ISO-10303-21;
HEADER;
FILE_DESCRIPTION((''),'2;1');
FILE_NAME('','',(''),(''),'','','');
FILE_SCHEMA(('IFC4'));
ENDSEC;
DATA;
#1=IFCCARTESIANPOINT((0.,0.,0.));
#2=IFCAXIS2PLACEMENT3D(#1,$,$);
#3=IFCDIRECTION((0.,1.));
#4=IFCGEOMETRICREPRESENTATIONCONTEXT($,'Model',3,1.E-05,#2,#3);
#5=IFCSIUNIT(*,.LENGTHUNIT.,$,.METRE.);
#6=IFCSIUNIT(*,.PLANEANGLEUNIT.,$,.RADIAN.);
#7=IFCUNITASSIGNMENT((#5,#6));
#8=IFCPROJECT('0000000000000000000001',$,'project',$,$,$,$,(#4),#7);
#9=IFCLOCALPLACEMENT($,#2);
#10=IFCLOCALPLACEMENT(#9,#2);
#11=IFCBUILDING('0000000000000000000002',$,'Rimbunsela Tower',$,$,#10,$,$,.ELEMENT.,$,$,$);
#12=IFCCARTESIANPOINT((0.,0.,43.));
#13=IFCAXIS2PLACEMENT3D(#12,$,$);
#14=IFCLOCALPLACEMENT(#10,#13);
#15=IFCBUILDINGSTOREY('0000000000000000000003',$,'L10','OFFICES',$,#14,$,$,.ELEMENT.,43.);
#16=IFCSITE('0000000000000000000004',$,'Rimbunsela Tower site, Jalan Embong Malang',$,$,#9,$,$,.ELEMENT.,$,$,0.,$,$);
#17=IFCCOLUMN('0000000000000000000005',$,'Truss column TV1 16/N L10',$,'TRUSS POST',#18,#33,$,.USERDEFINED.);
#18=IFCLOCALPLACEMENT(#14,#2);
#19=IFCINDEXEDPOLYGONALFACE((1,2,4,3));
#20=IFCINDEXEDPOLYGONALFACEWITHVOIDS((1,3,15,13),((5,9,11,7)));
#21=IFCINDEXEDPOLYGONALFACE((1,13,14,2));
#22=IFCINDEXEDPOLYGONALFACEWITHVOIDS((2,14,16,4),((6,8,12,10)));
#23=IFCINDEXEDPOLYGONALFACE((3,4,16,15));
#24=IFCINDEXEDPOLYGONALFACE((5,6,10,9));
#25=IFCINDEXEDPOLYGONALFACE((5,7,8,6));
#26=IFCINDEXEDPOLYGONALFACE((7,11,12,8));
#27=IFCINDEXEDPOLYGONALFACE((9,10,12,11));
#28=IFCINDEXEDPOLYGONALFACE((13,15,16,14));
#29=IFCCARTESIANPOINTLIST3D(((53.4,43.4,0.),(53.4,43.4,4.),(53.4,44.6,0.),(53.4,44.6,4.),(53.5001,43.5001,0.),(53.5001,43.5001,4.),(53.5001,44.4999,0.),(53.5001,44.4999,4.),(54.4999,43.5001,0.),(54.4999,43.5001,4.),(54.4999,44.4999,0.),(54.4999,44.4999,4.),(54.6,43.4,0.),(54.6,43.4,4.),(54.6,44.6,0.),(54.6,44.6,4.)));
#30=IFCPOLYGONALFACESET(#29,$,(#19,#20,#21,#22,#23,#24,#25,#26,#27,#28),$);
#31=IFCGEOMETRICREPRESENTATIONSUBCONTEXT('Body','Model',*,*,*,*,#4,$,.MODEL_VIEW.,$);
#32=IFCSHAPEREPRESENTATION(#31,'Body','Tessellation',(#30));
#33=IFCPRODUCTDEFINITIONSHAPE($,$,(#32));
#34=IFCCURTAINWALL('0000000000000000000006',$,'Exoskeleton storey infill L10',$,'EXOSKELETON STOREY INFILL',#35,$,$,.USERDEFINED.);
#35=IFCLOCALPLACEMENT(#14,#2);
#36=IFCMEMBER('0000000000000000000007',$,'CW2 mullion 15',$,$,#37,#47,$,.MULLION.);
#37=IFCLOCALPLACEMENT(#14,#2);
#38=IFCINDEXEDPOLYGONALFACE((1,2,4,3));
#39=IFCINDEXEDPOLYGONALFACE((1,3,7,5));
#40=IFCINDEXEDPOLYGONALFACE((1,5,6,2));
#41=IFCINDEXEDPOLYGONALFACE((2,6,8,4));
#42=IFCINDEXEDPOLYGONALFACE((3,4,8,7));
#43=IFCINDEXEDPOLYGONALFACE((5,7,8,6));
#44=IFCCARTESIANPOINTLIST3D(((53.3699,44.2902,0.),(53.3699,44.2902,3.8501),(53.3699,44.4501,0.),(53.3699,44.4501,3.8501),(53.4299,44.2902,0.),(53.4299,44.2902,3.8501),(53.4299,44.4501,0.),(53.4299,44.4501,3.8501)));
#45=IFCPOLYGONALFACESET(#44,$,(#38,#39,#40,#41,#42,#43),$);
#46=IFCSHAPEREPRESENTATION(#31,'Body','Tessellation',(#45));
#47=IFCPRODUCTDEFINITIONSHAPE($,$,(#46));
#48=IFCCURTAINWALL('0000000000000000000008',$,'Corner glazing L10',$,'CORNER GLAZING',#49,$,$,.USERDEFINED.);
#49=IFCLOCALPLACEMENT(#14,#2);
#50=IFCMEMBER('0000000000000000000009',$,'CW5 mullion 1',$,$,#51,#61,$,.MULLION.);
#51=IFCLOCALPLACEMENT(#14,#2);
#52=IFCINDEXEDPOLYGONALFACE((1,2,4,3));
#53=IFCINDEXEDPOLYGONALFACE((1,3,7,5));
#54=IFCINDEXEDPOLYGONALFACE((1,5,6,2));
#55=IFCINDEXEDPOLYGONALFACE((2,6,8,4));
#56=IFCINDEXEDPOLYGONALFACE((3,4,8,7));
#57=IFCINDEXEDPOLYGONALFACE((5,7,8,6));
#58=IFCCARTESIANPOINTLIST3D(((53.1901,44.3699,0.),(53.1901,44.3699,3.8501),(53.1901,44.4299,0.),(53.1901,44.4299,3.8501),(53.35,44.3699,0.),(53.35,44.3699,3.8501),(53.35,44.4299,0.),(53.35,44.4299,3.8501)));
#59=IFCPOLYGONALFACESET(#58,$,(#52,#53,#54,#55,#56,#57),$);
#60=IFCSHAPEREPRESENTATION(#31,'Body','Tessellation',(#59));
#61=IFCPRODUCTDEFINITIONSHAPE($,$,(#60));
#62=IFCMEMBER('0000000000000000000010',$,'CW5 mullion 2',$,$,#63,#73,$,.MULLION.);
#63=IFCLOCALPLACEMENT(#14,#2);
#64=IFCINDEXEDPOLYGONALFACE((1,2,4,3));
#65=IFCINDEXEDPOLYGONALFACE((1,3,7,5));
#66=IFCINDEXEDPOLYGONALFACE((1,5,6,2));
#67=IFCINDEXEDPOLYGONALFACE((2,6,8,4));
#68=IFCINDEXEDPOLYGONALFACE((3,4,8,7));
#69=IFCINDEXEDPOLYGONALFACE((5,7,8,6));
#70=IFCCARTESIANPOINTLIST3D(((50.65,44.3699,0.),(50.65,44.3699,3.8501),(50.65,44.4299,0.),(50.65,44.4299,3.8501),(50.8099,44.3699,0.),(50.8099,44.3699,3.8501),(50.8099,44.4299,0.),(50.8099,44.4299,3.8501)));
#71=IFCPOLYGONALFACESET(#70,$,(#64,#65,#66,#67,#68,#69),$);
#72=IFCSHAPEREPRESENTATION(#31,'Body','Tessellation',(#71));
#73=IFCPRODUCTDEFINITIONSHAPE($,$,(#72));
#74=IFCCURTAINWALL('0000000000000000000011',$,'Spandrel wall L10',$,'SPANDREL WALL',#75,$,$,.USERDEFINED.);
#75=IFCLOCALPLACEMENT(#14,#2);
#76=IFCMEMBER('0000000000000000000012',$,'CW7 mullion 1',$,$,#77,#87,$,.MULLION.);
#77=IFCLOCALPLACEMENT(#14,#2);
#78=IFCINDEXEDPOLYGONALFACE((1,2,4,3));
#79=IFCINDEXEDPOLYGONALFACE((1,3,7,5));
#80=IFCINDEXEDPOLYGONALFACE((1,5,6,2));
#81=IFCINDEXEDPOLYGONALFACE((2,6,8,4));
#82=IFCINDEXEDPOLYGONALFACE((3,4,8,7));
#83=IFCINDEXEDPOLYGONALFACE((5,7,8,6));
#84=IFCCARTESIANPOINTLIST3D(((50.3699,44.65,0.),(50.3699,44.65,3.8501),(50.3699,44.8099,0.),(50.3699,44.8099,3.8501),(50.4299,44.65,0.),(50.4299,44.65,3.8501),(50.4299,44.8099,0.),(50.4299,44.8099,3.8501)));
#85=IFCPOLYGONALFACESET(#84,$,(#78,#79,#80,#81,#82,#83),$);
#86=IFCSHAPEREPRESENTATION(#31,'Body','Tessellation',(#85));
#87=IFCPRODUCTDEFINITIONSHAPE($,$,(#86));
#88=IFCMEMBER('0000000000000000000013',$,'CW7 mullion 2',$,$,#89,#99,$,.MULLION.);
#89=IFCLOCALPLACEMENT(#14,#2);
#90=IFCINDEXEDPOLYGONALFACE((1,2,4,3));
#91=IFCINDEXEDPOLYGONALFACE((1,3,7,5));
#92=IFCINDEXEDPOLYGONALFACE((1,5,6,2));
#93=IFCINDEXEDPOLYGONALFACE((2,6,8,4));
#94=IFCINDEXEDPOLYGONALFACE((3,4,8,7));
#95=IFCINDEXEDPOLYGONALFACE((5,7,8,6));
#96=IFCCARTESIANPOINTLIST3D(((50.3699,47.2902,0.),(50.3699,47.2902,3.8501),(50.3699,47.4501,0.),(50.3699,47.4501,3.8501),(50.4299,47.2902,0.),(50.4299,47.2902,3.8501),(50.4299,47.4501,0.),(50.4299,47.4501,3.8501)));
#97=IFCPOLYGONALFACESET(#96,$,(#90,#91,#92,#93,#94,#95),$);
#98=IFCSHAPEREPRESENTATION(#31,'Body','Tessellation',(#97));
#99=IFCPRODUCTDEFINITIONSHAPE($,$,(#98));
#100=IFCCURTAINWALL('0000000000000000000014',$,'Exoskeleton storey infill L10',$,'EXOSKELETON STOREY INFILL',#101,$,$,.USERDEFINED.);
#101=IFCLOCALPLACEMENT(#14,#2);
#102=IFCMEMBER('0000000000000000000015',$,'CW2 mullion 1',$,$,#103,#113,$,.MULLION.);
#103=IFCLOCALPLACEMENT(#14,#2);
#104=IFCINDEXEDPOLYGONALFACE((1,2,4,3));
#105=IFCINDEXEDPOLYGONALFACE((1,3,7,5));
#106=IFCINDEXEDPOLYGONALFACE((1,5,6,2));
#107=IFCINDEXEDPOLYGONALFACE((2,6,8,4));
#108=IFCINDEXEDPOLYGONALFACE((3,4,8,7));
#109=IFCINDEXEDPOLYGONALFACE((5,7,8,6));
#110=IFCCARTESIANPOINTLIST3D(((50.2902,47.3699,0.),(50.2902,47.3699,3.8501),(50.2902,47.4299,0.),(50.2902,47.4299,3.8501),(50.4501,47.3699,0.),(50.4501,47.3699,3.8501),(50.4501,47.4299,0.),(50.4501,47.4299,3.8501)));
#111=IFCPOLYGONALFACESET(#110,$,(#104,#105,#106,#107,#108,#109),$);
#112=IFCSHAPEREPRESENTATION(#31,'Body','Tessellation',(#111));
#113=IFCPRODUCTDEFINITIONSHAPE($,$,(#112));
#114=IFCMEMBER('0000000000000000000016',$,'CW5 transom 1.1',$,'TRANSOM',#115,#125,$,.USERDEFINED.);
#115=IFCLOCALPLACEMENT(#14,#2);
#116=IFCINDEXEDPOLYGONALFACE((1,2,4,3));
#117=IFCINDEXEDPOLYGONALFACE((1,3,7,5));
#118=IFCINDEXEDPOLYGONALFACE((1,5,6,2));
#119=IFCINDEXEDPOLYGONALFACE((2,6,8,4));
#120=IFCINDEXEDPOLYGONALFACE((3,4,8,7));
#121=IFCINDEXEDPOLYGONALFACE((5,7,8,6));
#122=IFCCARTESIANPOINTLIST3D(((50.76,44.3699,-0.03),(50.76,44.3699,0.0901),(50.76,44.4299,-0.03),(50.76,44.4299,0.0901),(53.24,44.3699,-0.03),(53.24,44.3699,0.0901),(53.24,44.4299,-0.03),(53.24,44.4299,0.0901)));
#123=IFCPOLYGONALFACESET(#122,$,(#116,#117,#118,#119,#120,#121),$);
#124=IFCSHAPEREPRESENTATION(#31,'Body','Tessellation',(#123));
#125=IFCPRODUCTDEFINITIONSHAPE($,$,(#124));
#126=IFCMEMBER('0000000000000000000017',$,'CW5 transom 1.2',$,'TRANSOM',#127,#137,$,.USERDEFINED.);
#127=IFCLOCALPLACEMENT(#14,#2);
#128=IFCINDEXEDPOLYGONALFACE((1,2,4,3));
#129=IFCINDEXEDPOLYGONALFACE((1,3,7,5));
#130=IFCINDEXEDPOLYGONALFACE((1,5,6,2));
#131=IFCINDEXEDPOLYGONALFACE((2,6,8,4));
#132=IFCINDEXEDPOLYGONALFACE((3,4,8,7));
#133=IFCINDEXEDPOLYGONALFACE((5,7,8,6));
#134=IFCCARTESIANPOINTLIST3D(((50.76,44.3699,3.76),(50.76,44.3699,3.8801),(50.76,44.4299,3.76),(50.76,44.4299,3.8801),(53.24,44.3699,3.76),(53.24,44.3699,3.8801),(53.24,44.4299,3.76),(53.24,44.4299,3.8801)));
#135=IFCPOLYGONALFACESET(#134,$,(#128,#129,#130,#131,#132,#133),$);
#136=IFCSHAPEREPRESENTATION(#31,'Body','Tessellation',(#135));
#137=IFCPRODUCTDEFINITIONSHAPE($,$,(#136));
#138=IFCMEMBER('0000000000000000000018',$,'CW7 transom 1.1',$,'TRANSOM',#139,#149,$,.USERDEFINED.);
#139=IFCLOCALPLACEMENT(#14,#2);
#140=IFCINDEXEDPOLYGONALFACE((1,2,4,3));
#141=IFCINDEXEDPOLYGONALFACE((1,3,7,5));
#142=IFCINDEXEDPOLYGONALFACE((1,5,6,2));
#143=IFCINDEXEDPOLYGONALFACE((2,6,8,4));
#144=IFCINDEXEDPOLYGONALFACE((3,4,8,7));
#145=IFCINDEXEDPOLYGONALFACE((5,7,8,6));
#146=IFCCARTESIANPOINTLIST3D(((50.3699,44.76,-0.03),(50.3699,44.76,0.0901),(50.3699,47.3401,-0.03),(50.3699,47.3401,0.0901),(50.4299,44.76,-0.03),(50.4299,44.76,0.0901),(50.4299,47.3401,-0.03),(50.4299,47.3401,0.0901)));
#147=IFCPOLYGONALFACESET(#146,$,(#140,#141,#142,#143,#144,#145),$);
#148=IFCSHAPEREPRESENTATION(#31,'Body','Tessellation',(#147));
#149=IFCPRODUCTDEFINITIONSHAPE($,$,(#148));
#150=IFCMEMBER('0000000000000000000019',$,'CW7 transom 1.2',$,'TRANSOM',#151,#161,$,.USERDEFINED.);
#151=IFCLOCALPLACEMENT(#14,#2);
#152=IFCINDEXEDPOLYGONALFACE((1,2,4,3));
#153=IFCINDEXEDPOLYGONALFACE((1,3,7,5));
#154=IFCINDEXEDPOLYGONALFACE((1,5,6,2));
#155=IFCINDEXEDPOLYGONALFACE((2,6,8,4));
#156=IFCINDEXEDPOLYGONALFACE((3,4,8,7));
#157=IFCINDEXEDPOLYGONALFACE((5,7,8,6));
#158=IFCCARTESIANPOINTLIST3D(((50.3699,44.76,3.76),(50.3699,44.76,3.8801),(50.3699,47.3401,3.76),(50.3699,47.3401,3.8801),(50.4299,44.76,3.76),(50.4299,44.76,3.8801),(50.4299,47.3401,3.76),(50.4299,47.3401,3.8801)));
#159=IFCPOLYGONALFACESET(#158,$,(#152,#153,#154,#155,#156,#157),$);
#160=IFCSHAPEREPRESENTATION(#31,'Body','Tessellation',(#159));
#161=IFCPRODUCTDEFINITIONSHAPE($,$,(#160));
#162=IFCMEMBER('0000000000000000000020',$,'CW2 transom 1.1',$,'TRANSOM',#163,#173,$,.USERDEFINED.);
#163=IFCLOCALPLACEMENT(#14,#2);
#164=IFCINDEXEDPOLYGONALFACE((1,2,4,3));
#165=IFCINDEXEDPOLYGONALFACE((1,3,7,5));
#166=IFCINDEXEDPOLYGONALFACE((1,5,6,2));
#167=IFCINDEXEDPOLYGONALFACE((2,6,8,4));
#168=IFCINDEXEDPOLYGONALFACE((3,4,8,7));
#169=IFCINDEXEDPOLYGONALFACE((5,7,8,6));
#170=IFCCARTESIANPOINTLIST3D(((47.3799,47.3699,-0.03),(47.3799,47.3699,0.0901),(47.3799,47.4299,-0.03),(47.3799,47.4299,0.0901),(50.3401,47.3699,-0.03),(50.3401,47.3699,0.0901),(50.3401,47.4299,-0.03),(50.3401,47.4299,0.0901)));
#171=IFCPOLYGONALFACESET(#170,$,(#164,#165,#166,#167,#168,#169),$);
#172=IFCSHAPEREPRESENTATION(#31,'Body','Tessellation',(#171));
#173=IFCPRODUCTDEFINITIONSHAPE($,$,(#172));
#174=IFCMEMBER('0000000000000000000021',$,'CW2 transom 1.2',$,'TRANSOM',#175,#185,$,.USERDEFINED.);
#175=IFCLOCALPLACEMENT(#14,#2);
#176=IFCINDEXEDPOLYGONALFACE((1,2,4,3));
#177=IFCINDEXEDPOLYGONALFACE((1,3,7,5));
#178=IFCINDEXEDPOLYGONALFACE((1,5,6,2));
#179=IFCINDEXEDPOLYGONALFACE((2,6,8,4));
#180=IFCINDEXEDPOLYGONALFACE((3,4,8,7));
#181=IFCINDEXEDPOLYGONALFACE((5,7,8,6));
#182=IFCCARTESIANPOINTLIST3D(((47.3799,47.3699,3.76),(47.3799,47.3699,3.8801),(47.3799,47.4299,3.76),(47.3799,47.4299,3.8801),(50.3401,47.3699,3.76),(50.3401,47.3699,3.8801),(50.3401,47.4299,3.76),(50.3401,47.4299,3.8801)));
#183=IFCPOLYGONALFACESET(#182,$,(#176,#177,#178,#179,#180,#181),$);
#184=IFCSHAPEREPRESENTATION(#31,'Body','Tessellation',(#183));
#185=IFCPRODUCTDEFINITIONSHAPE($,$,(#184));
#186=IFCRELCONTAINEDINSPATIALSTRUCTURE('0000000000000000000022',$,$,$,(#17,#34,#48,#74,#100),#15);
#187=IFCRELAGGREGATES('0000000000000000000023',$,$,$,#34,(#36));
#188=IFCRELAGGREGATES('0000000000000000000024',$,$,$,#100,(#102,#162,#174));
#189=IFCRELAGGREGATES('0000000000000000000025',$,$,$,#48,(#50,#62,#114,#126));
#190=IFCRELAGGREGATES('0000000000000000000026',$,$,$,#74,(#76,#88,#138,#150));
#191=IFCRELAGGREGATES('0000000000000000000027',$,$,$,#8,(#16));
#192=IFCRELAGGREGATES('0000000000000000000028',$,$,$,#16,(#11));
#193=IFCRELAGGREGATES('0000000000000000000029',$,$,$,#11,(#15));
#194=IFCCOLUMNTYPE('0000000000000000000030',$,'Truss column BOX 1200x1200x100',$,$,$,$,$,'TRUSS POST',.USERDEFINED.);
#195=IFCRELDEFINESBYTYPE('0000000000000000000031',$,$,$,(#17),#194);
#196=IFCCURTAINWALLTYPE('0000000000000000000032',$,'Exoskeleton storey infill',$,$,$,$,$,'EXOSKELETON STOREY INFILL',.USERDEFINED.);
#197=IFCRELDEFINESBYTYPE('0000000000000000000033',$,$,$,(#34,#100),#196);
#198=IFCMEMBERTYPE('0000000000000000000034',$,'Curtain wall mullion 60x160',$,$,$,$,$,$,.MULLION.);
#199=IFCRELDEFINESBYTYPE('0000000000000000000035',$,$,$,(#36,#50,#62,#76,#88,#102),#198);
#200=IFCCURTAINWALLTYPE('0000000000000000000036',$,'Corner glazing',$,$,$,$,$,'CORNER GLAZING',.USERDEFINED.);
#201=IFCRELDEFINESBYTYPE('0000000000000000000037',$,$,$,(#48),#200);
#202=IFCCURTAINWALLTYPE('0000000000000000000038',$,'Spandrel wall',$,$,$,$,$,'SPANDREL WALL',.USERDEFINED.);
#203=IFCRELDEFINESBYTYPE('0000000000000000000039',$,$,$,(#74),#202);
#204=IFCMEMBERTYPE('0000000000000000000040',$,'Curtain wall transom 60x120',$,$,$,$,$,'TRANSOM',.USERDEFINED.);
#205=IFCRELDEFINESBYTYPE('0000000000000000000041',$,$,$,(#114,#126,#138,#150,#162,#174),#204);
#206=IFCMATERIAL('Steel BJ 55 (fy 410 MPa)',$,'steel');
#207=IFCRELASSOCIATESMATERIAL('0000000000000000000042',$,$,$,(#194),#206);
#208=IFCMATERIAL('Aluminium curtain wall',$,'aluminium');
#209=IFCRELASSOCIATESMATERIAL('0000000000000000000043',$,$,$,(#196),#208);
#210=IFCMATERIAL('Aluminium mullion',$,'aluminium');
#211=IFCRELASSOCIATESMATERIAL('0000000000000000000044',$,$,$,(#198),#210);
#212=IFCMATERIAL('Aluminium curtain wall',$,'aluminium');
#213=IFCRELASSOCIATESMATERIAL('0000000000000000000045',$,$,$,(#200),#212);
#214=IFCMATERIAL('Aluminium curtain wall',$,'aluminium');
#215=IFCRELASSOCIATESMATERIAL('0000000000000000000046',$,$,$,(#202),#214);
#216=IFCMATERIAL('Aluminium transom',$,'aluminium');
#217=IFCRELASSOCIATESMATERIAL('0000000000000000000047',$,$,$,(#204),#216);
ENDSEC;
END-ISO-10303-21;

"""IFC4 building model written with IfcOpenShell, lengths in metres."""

from ifc_helpers import new_model, si_unit, direction, frame, origin, origin_2d, place, context, subcontext, project, spatial, rectangle, hollow_rectangle, extrude, material, material_profile, profile_set, type_object, element, aggregate, save


model = new_model("IFC4")

# Units and contexts
model_context = context("Model", 3, precision=1e-05, world=origin(), true_north=direction((0.0, 1.0)))
body_context = subcontext(model_context, "Body", "Model", "MODEL_VIEW")
ifc_project = project(units=[si_unit("LENGTHUNIT", "METRE"), si_unit("PLANEANGLEUNIT", "RADIAN")], contexts=[model_context])

# Site, building, storey
site_placement = place(None, origin())
site = spatial("IfcSite", under=ifc_project, at=site_placement, Name="Rimbunsela Tower site, Jalan Embong Malang", CompositionType="ELEMENT", RefElevation=0.0)
building_placement = place(site_placement, origin())
building = spatial("IfcBuilding", under=site, at=building_placement, Name="Rimbunsela Tower", CompositionType="ELEMENT")
storey_placement = place(building_placement, frame((0.0, 0.0, 43.0)))
storey = spatial("IfcBuildingStorey", under=building, at=storey_placement, Name="L10", Description="OFFICES", CompositionType="ELEMENT", Elevation=43.0)

# Column
ifc_material_1 = material(Name="Steel BJ 55 (fy 410 MPa)", Category="steel")
ifc_material_profile_1 = material_profile(ifc_material_1, hollow_rectangle(XDim=1.2, YDim=1.2, WallThickness=0.1001, at=origin_2d()), Name="BOX 1200x1200x100")
ifc_profile_set_1 = profile_set([ifc_material_profile_1], Name="Steel BJ 55 (fy 410 MPa)")
column_type = type_object("IfcColumnType", Name="Truss column BOX 1200x1200x100", ElementType="TRUSS POST", PredefinedType="USERDEFINED", material=ifc_profile_set_1)
column_placement = place(storey_placement, frame((54.0, 44.0, 0.0), z_axis=(0.0, 0.0, 1.0), x_axis=(1.0, 0.0, 0.0)))
element("IfcColumn", 1, at=column_placement, inside=storey, type_object=column_type, Name="Truss column TV1 16/N L10", ObjectType="TRUSS POST", PredefinedType="USERDEFINED", context=body_context, shape_type="SweptSolid", body=[
    extrude(hollow_rectangle(XDim=1.2, YDim=1.2, WallThickness=0.1001, at=origin_2d()), origin(), (0.0, 0.0, 1.0), 4.0),
])

# Curtain wall, member
ifc_material_2 = material(Name="Aluminium curtain wall", Category="aluminium")
curtain_wall_type_1 = type_object("IfcCurtainWallType", Name="Exoskeleton storey infill", ElementType="EXOSKELETON STOREY INFILL", PredefinedType="USERDEFINED", material=ifc_material_2)
curtain_wall_1_placement = place(storey_placement, origin())
curtain_wall_1 = element("IfcCurtainWall", 2, at=curtain_wall_1_placement, inside=storey, type_object=curtain_wall_type_1, Name="Exoskeleton storey infill L10", ObjectType="EXOSKELETON STOREY INFILL", PredefinedType="USERDEFINED")
ifc_material_3 = material(Name="Aluminium mullion", Category="aluminium")
ifc_material_profile_2 = material_profile(ifc_material_3, rectangle(XDim=0.0601, YDim=0.1599, at=origin_2d()), Name="Mullion 60x160")
ifc_profile_set_2 = profile_set([ifc_material_profile_2], Name="Aluminium mullion")
member_type_1 = type_object("IfcMemberType", Name="Curtain wall mullion 60x160", PredefinedType="MULLION", material=ifc_profile_set_2)
member_1_placement = place(storey_placement, frame((53.3999, 44.3701, 0.0), z_axis=(0.0, 0.0, 1.0), x_axis=(-1.0, 0.0, 0.0)))
member_1 = element("IfcMember", 3, at=member_1_placement, type_object=member_type_1, Name="CW2 mullion 15", PredefinedType="MULLION", context=body_context, shape_type="SweptSolid", body=[
    extrude(rectangle(XDim=0.0601, YDim=0.1599, at=origin_2d()), origin(), (0.0, 0.0, 1.0), 3.8501),
])
aggregate(curtain_wall_1, [member_1])

# Curtain walls, members
ifc_material_4 = material(Name="Aluminium curtain wall", Category="aluminium")
curtain_wall_type_2 = type_object("IfcCurtainWallType", Name="Corner glazing", ElementType="CORNER GLAZING", PredefinedType="USERDEFINED", material=ifc_material_4)
curtain_wall_2_placement = place(storey_placement, origin())
curtain_wall_2 = element("IfcCurtainWall", 4, at=curtain_wall_2_placement, inside=storey, type_object=curtain_wall_type_2, Name="Corner glazing L10", ObjectType="CORNER GLAZING", PredefinedType="USERDEFINED")
member_2_placement = place(storey_placement, frame((53.27, 44.3999, 0.0), z_axis=(0.0, 0.0, 1.0), x_axis=(0.0, -1.0, 0.0)))
member_2 = element("IfcMember", 5, at=member_2_placement, type_object=member_type_1, Name="CW5 mullion 1", PredefinedType="MULLION", context=body_context, shape_type="SweptSolid", body=[
    extrude(rectangle(XDim=0.0601, YDim=0.1599, at=origin_2d()), origin(), (0.0, 0.0, 1.0), 3.8501),
])
member_3_placement = place(storey_placement, frame((50.73, 44.3999, 0.0), z_axis=(0.0, 0.0, 1.0), x_axis=(0.0, -1.0, 0.0)))
member_3 = element("IfcMember", 6, at=member_3_placement, type_object=member_type_1, Name="CW5 mullion 2", PredefinedType="MULLION", context=body_context, shape_type="SweptSolid", body=[
    extrude(rectangle(XDim=0.0601, YDim=0.1599, at=origin_2d()), origin(), (0.0, 0.0, 1.0), 3.8501),
])
ifc_material_5 = material(Name="Aluminium curtain wall", Category="aluminium")
curtain_wall_type_3 = type_object("IfcCurtainWallType", Name="Spandrel wall", ElementType="SPANDREL WALL", PredefinedType="USERDEFINED", material=ifc_material_5)
curtain_wall_3_placement = place(storey_placement, origin())
curtain_wall_3 = element("IfcCurtainWall", 7, at=curtain_wall_3_placement, inside=storey, type_object=curtain_wall_type_3, Name="Spandrel wall L10", ObjectType="SPANDREL WALL", PredefinedType="USERDEFINED")
member_4_placement = place(storey_placement, frame((50.3999, 44.73, 0.0), z_axis=(0.0, 0.0, 1.0), x_axis=(-1.0, 0.0, 0.0)))
member_4 = element("IfcMember", 8, at=member_4_placement, type_object=member_type_1, Name="CW7 mullion 1", PredefinedType="MULLION", context=body_context, shape_type="SweptSolid", body=[
    extrude(rectangle(XDim=0.0601, YDim=0.1599, at=origin_2d()), origin(), (0.0, 0.0, 1.0), 3.8501),
])
member_5_placement = place(storey_placement, frame((50.3999, 47.3701, 0.0), z_axis=(0.0, 0.0, 1.0), x_axis=(-1.0, 0.0, 0.0)))
member_5 = element("IfcMember", 9, at=member_5_placement, type_object=member_type_1, Name="CW7 mullion 2", PredefinedType="MULLION", context=body_context, shape_type="SweptSolid", body=[
    extrude(rectangle(XDim=0.0601, YDim=0.1599, at=origin_2d()), origin(), (0.0, 0.0, 1.0), 3.8501),
])

# Curtain wall, member
curtain_wall_4_placement = place(storey_placement, origin())
curtain_wall_4 = element("IfcCurtainWall", 10, at=curtain_wall_4_placement, inside=storey, type_object=curtain_wall_type_1, Name="Exoskeleton storey infill L10", ObjectType="EXOSKELETON STOREY INFILL", PredefinedType="USERDEFINED")
member_6_placement = place(storey_placement, frame((50.3701, 47.3999, 0.0), z_axis=(0.0, 0.0, 1.0), x_axis=(0.0, -1.0, 0.0)))
member_6 = element("IfcMember", 11, at=member_6_placement, type_object=member_type_1, Name="CW2 mullion 1", PredefinedType="MULLION", context=body_context, shape_type="SweptSolid", body=[
    extrude(rectangle(XDim=0.0601, YDim=0.1599, at=origin_2d()), origin(), (0.0, 0.0, 1.0), 3.8501),
])

# Members
ifc_material_6 = material(Name="Aluminium transom", Category="aluminium")
ifc_material_profile_3 = material_profile(ifc_material_6, rectangle(XDim=0.0601, YDim=0.1201, at=origin_2d()), Name="Transom 60x120")
ifc_profile_set_3 = profile_set([ifc_material_profile_3], Name="Aluminium transom")
member_type_2 = type_object("IfcMemberType", Name="Curtain wall transom 60x120", ElementType="TRANSOM", PredefinedType="USERDEFINED", material=ifc_profile_set_3)
member_7_placement = place(storey_placement, frame((53.24, 44.3999, 0.03), z_axis=(-1.0, 0.0, 0.0), x_axis=(0.0, -1.0, 0.0)))
member_7 = element("IfcMember", 12, at=member_7_placement, type_object=member_type_2, Name="CW5 transom 1.1", ObjectType="TRANSOM", PredefinedType="USERDEFINED", context=body_context, shape_type="SweptSolid", body=[
    extrude(rectangle(XDim=0.0601, YDim=0.1201, at=origin_2d()), origin(), (0.0, 0.0, 1.0), 2.48),
])
member_8_placement = place(storey_placement, frame((53.24, 44.3999, 3.8201), z_axis=(-1.0, 0.0, 0.0), x_axis=(0.0, -1.0, 0.0)))
member_8 = element("IfcMember", 13, at=member_8_placement, type_object=member_type_2, Name="CW5 transom 1.2", ObjectType="TRANSOM", PredefinedType="USERDEFINED", context=body_context, shape_type="SweptSolid", body=[
    extrude(rectangle(XDim=0.0601, YDim=0.1201, at=origin_2d()), origin(), (0.0, 0.0, 1.0), 2.48),
])
member_9_placement = place(storey_placement, frame((50.3999, 44.76, 0.03), z_axis=(0.0, 1.0, 0.0), x_axis=(-1.0, 0.0, 0.0)))
member_9 = element("IfcMember", 14, at=member_9_placement, type_object=member_type_2, Name="CW7 transom 1.1", ObjectType="TRANSOM", PredefinedType="USERDEFINED", context=body_context, shape_type="SweptSolid", body=[
    extrude(rectangle(XDim=0.0601, YDim=0.1201, at=origin_2d()), origin(), (0.0, 0.0, 1.0), 2.5801),
])
member_10_placement = place(storey_placement, frame((50.3999, 44.76, 3.8201), z_axis=(0.0, 1.0, 0.0), x_axis=(-1.0, 0.0, 0.0)))
member_10 = element("IfcMember", 15, at=member_10_placement, type_object=member_type_2, Name="CW7 transom 1.2", ObjectType="TRANSOM", PredefinedType="USERDEFINED", context=body_context, shape_type="SweptSolid", body=[
    extrude(rectangle(XDim=0.0601, YDim=0.1201, at=origin_2d()), origin(), (0.0, 0.0, 1.0), 2.5801),
])
member_11_placement = place(storey_placement, frame((50.3401, 47.3999, 0.03), z_axis=(-1.0, 0.0, 0.0), x_axis=(0.0, -1.0, 0.0)))
member_11 = element("IfcMember", 16, at=member_11_placement, type_object=member_type_2, Name="CW2 transom 1.1", ObjectType="TRANSOM", PredefinedType="USERDEFINED", context=body_context, shape_type="SweptSolid", body=[
    extrude(rectangle(XDim=0.0601, YDim=0.1201, at=origin_2d()), origin(), (0.0, 0.0, 1.0), 2.9602),
])
member_12_placement = place(storey_placement, frame((50.3401, 47.3999, 3.8201), z_axis=(-1.0, 0.0, 0.0), x_axis=(0.0, -1.0, 0.0)))
member_12 = element("IfcMember", 17, at=member_12_placement, type_object=member_type_2, Name="CW2 transom 1.2", ObjectType="TRANSOM", PredefinedType="USERDEFINED", context=body_context, shape_type="SweptSolid", body=[
    extrude(rectangle(XDim=0.0601, YDim=0.1201, at=origin_2d()), origin(), (0.0, 0.0, 1.0), 2.9602),
])
aggregate(curtain_wall_4, [member_6, member_11, member_12])

aggregate(curtain_wall_2, [member_2, member_3, member_7, member_8])
aggregate(curtain_wall_3, [member_4, member_5, member_9, member_10])

save(model, "model.ifc")
